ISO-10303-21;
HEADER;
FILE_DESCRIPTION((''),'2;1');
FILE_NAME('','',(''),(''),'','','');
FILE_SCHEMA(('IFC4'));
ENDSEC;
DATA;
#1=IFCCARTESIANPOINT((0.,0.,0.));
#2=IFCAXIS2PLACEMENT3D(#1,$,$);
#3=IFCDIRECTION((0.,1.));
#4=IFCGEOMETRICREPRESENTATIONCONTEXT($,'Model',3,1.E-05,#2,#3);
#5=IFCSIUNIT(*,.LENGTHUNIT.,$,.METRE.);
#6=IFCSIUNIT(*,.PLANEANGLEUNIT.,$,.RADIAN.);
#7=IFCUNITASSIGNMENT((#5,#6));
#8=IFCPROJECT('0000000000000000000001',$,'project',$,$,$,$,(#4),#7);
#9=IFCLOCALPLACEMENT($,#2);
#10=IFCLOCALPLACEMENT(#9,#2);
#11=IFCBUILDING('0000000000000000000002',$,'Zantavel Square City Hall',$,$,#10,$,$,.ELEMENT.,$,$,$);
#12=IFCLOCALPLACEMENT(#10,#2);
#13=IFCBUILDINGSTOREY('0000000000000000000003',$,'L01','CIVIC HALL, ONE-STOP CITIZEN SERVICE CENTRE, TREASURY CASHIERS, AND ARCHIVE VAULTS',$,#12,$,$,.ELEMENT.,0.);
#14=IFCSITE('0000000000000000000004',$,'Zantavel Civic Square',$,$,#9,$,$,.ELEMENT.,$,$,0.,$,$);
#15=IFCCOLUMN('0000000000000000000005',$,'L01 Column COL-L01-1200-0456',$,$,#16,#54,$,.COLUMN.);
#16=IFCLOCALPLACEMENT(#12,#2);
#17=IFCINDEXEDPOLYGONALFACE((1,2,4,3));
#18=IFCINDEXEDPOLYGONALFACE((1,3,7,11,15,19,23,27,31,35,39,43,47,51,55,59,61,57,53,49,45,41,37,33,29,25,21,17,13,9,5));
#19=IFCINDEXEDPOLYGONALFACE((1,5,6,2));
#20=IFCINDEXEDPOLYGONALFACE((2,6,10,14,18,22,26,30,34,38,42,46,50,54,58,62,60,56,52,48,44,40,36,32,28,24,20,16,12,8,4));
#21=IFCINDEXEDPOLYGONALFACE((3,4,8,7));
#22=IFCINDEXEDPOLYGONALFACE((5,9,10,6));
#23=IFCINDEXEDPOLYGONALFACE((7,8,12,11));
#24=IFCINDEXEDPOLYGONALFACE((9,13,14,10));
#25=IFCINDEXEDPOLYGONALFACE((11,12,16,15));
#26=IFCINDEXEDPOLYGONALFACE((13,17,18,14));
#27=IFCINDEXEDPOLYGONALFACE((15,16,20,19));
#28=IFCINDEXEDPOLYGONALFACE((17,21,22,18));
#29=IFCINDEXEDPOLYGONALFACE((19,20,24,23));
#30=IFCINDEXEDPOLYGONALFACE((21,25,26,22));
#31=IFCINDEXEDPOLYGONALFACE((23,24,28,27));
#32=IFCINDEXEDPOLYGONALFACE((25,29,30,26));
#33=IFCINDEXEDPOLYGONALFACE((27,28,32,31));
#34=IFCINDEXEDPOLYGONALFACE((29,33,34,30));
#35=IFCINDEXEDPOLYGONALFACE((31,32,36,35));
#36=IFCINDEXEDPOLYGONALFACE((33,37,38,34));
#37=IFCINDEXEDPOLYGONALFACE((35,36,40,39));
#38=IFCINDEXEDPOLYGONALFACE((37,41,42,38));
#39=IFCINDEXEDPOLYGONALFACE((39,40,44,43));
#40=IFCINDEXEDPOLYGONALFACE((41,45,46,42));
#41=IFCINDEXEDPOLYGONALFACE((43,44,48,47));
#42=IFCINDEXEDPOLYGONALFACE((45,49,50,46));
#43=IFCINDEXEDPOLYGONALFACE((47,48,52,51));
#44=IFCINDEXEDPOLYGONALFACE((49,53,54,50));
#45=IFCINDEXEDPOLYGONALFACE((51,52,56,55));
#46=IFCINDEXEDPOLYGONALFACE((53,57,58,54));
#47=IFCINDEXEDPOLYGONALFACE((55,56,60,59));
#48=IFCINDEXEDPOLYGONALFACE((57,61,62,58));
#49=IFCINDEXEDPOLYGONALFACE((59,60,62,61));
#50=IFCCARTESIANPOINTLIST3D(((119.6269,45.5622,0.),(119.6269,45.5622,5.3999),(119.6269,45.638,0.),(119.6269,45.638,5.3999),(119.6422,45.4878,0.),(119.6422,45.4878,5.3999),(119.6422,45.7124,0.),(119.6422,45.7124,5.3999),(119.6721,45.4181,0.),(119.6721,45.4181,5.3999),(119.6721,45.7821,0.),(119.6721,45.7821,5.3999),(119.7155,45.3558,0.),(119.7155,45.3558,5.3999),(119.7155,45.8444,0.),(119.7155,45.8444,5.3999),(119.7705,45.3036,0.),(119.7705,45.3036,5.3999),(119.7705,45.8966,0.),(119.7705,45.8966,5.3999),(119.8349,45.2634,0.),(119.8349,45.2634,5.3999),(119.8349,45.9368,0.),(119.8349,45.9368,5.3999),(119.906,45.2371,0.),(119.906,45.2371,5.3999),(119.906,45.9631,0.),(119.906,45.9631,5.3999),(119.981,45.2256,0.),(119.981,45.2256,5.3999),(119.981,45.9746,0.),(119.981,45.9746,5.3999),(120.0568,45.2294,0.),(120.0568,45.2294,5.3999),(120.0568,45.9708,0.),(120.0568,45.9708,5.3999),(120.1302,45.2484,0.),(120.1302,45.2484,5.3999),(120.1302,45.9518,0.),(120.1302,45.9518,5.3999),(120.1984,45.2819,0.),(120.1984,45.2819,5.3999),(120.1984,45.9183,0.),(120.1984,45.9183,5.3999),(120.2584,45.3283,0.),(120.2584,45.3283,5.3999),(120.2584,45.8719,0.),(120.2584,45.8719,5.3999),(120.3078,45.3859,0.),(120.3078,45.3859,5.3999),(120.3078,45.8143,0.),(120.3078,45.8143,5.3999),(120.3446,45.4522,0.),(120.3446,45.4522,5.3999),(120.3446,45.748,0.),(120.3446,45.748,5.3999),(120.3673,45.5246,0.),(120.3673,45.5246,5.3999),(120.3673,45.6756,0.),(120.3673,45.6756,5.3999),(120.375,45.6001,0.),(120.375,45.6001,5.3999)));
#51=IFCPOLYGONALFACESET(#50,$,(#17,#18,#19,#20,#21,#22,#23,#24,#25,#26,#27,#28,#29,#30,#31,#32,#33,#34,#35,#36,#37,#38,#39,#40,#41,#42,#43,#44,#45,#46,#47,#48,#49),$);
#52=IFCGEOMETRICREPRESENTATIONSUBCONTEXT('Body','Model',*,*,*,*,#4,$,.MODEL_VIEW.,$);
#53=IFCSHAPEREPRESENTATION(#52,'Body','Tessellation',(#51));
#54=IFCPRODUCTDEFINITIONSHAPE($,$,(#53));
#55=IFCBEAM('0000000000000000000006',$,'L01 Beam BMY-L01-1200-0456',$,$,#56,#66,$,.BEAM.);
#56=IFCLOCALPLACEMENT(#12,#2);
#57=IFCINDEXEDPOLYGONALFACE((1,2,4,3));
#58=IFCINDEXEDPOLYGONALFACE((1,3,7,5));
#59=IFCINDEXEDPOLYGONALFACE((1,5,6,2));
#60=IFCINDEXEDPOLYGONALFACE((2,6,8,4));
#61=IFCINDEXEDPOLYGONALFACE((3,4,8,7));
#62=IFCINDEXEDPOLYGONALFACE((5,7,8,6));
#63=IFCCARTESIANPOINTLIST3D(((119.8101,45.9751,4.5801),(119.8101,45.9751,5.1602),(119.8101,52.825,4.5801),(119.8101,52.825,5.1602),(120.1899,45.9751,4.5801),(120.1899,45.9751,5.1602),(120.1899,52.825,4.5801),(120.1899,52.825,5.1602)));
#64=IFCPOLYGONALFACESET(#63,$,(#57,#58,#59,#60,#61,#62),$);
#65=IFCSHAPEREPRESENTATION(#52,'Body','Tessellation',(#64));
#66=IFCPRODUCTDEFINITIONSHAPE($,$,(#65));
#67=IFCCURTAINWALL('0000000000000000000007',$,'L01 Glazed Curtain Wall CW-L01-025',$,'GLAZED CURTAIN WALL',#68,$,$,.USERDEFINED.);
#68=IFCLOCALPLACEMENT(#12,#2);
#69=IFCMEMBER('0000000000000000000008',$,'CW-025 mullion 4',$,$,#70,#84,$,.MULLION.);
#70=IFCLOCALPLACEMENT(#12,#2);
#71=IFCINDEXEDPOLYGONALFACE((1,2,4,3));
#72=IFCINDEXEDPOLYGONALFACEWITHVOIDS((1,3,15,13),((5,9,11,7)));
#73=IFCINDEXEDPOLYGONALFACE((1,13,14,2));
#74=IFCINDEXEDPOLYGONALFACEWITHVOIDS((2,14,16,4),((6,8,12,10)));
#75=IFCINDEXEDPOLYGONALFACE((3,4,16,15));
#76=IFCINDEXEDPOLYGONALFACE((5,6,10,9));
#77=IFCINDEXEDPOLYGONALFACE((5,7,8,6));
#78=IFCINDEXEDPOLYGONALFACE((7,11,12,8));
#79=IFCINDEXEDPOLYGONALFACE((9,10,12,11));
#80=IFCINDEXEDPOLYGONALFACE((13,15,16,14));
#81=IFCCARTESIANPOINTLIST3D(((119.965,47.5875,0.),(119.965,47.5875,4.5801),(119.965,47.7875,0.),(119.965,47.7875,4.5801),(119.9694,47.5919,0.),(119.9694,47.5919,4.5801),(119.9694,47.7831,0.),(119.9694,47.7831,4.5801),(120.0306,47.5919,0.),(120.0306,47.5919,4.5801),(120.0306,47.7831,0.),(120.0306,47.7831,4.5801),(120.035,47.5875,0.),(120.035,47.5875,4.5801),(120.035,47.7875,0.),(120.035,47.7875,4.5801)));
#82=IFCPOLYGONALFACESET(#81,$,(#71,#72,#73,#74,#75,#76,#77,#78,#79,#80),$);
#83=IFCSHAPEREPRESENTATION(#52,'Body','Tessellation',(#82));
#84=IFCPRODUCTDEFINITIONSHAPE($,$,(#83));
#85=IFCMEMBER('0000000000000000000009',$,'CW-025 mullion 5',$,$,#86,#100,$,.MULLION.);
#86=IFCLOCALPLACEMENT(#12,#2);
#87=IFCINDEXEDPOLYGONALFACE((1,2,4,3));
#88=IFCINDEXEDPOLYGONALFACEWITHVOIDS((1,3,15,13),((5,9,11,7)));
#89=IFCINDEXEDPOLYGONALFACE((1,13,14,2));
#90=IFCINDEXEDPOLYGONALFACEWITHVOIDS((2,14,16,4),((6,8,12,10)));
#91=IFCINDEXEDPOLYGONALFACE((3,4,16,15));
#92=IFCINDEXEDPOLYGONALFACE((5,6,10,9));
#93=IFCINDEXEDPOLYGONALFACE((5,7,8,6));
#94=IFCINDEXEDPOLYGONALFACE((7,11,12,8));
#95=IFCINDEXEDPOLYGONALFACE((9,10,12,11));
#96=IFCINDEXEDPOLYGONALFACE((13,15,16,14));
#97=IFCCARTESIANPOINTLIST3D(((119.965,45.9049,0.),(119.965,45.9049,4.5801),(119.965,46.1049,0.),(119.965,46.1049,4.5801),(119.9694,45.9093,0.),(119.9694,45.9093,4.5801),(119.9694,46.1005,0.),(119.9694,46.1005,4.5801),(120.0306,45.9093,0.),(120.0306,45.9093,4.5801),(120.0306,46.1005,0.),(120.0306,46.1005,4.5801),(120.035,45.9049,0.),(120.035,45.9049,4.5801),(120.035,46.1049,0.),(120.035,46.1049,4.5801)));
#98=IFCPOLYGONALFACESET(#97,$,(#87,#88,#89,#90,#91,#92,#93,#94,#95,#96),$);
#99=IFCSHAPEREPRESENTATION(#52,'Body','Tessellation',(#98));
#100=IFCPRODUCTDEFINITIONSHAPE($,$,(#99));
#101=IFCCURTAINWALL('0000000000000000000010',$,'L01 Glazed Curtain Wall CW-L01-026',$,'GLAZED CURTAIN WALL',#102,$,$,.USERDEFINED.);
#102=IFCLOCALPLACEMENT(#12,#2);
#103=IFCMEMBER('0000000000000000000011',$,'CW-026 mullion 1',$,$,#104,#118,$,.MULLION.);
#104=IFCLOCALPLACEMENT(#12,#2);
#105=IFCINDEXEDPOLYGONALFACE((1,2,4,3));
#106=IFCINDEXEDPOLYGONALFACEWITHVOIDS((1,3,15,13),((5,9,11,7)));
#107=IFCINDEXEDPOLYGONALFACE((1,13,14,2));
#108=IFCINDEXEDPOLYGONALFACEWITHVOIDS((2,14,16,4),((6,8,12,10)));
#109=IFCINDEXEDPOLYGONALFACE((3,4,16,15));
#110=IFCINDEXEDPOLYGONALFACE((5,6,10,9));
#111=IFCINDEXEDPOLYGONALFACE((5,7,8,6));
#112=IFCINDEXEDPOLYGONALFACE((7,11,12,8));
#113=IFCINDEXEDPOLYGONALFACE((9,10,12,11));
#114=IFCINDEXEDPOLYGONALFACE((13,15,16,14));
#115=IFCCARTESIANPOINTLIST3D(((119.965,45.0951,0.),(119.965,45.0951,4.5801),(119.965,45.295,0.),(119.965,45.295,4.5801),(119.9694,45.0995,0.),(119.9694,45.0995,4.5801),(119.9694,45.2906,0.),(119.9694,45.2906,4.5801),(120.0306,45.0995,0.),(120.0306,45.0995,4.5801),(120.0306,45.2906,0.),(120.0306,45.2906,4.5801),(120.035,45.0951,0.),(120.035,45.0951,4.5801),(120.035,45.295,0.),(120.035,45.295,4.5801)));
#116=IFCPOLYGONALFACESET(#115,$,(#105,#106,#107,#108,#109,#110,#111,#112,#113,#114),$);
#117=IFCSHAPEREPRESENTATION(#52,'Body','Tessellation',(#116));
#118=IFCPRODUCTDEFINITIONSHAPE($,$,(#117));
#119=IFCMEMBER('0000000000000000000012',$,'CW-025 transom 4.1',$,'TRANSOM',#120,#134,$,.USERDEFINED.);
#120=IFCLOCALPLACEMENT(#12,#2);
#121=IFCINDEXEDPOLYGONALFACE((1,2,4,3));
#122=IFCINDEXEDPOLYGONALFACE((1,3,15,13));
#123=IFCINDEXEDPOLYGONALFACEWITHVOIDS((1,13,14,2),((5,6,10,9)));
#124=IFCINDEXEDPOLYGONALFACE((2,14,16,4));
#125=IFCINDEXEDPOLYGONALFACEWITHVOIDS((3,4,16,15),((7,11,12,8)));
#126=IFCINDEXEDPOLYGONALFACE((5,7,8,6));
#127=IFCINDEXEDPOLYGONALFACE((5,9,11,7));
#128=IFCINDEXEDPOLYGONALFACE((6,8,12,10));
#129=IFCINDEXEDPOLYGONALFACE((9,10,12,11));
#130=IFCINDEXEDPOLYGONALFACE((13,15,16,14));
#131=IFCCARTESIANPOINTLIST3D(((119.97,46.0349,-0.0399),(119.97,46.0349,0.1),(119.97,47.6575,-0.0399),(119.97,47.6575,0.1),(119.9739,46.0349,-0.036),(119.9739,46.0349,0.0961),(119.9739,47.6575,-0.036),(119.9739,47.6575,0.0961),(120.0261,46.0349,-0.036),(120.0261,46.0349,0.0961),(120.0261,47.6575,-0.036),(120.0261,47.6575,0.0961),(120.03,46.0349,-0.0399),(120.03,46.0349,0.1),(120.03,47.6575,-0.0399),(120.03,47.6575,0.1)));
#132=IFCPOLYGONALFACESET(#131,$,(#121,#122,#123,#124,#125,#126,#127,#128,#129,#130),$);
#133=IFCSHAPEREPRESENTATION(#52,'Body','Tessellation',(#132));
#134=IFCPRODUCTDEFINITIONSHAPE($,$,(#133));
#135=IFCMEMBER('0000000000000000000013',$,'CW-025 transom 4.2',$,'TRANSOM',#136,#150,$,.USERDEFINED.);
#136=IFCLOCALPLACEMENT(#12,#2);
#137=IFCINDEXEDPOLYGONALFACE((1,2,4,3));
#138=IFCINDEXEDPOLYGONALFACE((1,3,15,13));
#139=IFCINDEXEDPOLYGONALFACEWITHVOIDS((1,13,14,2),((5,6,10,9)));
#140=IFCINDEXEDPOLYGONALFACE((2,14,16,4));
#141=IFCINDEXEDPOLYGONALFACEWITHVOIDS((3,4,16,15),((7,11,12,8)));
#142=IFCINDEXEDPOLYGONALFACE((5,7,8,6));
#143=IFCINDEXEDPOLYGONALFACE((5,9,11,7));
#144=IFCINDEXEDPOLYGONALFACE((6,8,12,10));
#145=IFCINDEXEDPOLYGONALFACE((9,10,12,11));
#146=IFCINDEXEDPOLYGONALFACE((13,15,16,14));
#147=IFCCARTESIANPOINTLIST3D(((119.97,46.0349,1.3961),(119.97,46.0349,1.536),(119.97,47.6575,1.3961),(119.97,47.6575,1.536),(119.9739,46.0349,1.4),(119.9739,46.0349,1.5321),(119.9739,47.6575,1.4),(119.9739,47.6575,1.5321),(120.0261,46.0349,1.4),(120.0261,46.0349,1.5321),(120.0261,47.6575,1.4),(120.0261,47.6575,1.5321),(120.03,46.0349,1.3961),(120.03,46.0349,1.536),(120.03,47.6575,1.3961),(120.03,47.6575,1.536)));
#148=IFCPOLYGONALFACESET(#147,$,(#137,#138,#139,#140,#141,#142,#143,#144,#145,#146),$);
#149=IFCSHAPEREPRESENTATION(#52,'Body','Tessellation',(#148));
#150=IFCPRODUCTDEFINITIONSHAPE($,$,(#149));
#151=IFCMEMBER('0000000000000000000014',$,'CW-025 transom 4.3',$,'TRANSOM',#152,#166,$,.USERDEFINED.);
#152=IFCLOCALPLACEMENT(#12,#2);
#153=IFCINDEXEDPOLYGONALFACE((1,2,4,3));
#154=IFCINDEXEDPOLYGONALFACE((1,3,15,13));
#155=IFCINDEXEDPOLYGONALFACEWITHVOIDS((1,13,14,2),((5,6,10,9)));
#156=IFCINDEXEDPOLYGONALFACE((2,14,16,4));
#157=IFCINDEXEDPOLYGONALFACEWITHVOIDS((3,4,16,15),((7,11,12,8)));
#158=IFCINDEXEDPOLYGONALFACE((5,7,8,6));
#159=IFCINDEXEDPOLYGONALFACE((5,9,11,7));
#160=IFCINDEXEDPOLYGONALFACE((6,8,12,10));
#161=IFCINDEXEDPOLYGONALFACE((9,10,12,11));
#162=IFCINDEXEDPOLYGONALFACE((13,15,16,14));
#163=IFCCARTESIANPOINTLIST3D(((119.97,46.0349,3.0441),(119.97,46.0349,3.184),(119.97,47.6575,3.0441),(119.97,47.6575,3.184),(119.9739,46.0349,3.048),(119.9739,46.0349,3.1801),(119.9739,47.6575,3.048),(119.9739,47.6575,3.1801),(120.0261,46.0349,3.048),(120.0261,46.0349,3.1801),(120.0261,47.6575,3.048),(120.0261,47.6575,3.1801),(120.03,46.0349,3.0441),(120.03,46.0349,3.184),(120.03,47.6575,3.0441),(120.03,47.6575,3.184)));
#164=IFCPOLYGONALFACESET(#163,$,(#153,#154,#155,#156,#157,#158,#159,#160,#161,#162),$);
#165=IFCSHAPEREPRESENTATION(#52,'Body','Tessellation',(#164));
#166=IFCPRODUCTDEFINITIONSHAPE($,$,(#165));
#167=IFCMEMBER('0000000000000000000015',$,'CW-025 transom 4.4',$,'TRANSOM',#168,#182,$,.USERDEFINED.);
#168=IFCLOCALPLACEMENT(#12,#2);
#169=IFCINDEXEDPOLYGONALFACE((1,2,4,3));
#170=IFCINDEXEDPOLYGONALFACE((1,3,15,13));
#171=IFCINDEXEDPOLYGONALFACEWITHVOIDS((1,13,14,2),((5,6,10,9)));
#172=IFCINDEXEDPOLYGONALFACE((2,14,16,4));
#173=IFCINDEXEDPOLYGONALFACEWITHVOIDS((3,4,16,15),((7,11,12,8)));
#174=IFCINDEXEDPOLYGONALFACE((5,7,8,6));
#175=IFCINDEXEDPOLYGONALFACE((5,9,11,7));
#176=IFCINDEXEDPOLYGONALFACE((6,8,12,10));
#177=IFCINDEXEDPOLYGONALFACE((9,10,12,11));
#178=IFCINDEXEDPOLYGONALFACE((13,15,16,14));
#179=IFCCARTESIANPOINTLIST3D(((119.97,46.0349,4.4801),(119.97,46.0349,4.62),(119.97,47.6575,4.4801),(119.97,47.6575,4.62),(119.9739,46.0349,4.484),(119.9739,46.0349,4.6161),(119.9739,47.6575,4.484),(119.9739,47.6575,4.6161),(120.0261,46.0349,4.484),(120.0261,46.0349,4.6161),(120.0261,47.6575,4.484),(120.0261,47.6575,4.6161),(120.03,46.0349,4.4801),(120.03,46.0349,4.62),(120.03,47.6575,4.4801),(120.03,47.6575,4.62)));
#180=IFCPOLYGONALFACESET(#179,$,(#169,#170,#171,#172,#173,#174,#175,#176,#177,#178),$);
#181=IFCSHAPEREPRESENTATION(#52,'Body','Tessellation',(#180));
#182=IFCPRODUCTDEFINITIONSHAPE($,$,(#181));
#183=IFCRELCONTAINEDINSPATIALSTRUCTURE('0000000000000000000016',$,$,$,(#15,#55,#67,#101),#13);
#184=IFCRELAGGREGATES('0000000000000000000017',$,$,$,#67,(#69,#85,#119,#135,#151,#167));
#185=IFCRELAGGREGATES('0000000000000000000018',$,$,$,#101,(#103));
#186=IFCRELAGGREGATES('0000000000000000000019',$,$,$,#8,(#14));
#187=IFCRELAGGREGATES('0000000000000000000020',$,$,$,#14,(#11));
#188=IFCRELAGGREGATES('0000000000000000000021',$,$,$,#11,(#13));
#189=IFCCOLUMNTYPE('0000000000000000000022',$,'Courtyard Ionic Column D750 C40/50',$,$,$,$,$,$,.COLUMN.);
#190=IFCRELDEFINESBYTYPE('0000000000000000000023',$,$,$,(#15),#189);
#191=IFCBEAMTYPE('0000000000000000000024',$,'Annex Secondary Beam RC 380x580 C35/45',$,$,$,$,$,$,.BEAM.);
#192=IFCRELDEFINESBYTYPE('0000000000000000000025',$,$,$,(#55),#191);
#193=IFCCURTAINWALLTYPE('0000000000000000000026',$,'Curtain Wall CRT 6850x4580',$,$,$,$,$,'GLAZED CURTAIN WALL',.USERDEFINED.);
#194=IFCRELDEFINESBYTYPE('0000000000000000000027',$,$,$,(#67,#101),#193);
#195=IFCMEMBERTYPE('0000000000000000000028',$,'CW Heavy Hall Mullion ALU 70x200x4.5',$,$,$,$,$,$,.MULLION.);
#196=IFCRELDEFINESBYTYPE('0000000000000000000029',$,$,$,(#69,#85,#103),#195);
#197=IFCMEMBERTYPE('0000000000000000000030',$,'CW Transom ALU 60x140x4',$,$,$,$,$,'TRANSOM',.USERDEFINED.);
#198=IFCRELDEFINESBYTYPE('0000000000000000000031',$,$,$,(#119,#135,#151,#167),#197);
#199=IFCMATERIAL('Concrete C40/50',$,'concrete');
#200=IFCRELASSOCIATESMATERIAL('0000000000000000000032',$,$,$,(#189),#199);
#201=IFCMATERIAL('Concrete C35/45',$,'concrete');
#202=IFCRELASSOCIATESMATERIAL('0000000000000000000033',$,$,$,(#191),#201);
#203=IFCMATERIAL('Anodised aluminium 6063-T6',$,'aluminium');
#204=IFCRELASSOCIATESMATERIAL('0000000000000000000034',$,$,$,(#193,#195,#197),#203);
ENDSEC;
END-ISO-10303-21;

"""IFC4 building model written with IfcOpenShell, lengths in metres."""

from ifc_helpers import new_model, si_unit, direction, frame, origin, origin_2d, place, context, subcontext, project, spatial, rectangle, hollow_rectangle, circle, extrude, material, material_profile, profile_set, type_object, element, aggregate, save


model = new_model("IFC4")

# Units and contexts
model_context = context("Model", 3, precision=1e-05, world=origin(), true_north=direction((0.0, 1.0)))
body_context = subcontext(model_context, "Body", "Model", "MODEL_VIEW")
ifc_project = project(units=[si_unit("LENGTHUNIT", "METRE"), si_unit("PLANEANGLEUNIT", "RADIAN")], contexts=[model_context])

# Site, building, storey
site_placement = place(None, origin())
site = spatial("IfcSite", under=ifc_project, at=site_placement, Name="Zantavel Civic Square", CompositionType="ELEMENT", RefElevation=0.0)
building_placement = place(site_placement, origin())
building = spatial("IfcBuilding", under=site, at=building_placement, Name="Zantavel Square City Hall", CompositionType="ELEMENT")
storey_placement = place(building_placement, origin())
storey = spatial("IfcBuildingStorey", under=building, at=storey_placement, Name="L01", Description="CIVIC HALL, ONE-STOP CITIZEN SERVICE CENTRE, TREASURY CASHIERS, AND ARCHIVE VAULTS", CompositionType="ELEMENT", Elevation=0.0)

# Column
ifc_material_1 = material(Name="Concrete C40/50", Category="concrete")
ifc_material_profile_1 = material_profile(ifc_material_1, circle(Radius=0.375, at=origin_2d()), Name="ROUND D750")
ifc_profile_set_1 = profile_set([ifc_material_profile_1], Name="Concrete C40/50")
column_type = type_object("IfcColumnType", Name="Courtyard Ionic Column D750 C40/50", PredefinedType="COLUMN", material=ifc_profile_set_1)
column_placement = place(storey_placement, frame((120.0, 45.6001, 0.0), z_axis=(0.0, 0.0, 1.0), x_axis=(1.0, 0.0, 0.0)))
element("IfcColumn", 1, at=column_placement, inside=storey, type_object=column_type, Name="L01 Column COL-L01-1200-0456", PredefinedType="COLUMN", context=body_context, shape_type="SweptSolid", body=[
    extrude(circle(Radius=0.375, at=origin_2d()), origin(), (0.0, 0.0, 1.0), 5.3999),
])

# Beam
ifc_material_2 = material(Name="Concrete C35/45", Category="concrete")
ifc_material_profile_2 = material_profile(ifc_material_2, rectangle(XDim=0.3799, YDim=0.5801, at=origin_2d()), Name="RC 380x580")
ifc_profile_set_2 = profile_set([ifc_material_profile_2], Name="Concrete C35/45")
beam_type = type_object("IfcBeamType", Name="Annex Secondary Beam RC 380x580 C35/45", PredefinedType="BEAM", material=ifc_profile_set_2)
beam_placement = place(storey_placement, frame((120.0, 45.9751, 4.8701), z_axis=(0.0, 1.0, 0.0), x_axis=(-1.0, 0.0, 0.0)))
element("IfcBeam", 2, at=beam_placement, inside=storey, type_object=beam_type, Name="L01 Beam BMY-L01-1200-0456", PredefinedType="BEAM", context=body_context, shape_type="SweptSolid", body=[
    extrude(rectangle(XDim=0.3799, YDim=0.5801, at=origin_2d()), origin(), (0.0, 0.0, 1.0), 6.8499),
])

# Curtain wall, members
ifc_material_3 = material(Name="Anodised aluminium 6063-T6", Category="aluminium")
curtain_wall_type = type_object("IfcCurtainWallType", Name="Curtain Wall CRT 6850x4580", ElementType="GLAZED CURTAIN WALL", PredefinedType="USERDEFINED", material=ifc_material_3)
curtain_wall_1_placement = place(storey_placement, origin())
curtain_wall_1 = element("IfcCurtainWall", 3, at=curtain_wall_1_placement, inside=storey, type_object=curtain_wall_type, Name="L01 Glazed Curtain Wall CW-L01-025", ObjectType="GLAZED CURTAIN WALL", PredefinedType="USERDEFINED")
ifc_material_profile_3 = material_profile(ifc_material_3, hollow_rectangle(XDim=0.0701, YDim=0.2, WallThickness=0.0044, at=origin_2d()), Name="ALU 70x200x4.5")
ifc_profile_set_3 = profile_set([ifc_material_profile_3], Name="Anodised aluminium 6063-T6")
member_type_1 = type_object("IfcMemberType", Name="CW Heavy Hall Mullion ALU 70x200x4.5", PredefinedType="MULLION", material=ifc_profile_set_3)
member_1_placement = place(storey_placement, frame((120.0, 47.6875, 0.0), z_axis=(0.0, 0.0, 1.0), x_axis=(1.0, 0.0, 0.0)))
member_1 = element("IfcMember", 4, at=member_1_placement, type_object=member_type_1, Name="CW-025 mullion 4", PredefinedType="MULLION", context=body_context, shape_type="SweptSolid", body=[
    extrude(hollow_rectangle(XDim=0.0701, YDim=0.2, WallThickness=0.0044, at=origin_2d()), origin(), (0.0, 0.0, 1.0), 4.5801),
])
member_2_placement = place(storey_placement, frame((120.0, 46.0049, 0.0), z_axis=(0.0, 0.0, 1.0), x_axis=(1.0, 0.0, 0.0)))
member_2 = element("IfcMember", 5, at=member_2_placement, type_object=member_type_1, Name="CW-025 mullion 5", PredefinedType="MULLION", context=body_context, shape_type="SweptSolid", body=[
    extrude(hollow_rectangle(XDim=0.0701, YDim=0.2, WallThickness=0.0044, at=origin_2d()), origin(), (0.0, 0.0, 1.0), 4.5801),
])

# Curtain wall, member
curtain_wall_2_placement = place(storey_placement, origin())
curtain_wall_2 = element("IfcCurtainWall", 6, at=curtain_wall_2_placement, inside=storey, type_object=curtain_wall_type, Name="L01 Glazed Curtain Wall CW-L01-026", ObjectType="GLAZED CURTAIN WALL", PredefinedType="USERDEFINED")
member_3_placement = place(storey_placement, frame((120.0, 45.1951, 0.0), z_axis=(0.0, 0.0, 1.0), x_axis=(1.0, 0.0, 0.0)))
member_3 = element("IfcMember", 7, at=member_3_placement, type_object=member_type_1, Name="CW-026 mullion 1", PredefinedType="MULLION", context=body_context, shape_type="SweptSolid", body=[
    extrude(hollow_rectangle(XDim=0.0701, YDim=0.2, WallThickness=0.0044, at=origin_2d()), origin(), (0.0, 0.0, 1.0), 4.5801),
])

# Members
ifc_material_profile_4 = material_profile(ifc_material_3, hollow_rectangle(XDim=0.0601, YDim=0.1399, WallThickness=0.0039, at=origin_2d()), Name="ALU 60x140x4")
ifc_profile_set_4 = profile_set([ifc_material_profile_4], Name="Anodised aluminium 6063-T6")
member_type_2 = type_object("IfcMemberType", Name="CW Transom ALU 60x140x4", ElementType="TRANSOM", PredefinedType="USERDEFINED", material=ifc_profile_set_4)
member_4_placement = place(storey_placement, frame((120.0, 47.6575, 0.03), z_axis=(0.0, -1.0, 0.0), x_axis=(1.0, 0.0, 0.0)))
member_4 = element("IfcMember", 8, at=member_4_placement, type_object=member_type_2, Name="CW-025 transom 4.1", ObjectType="TRANSOM", PredefinedType="USERDEFINED", context=body_context, shape_type="SweptSolid", body=[
    extrude(hollow_rectangle(XDim=0.0601, YDim=0.1399, WallThickness=0.0039, at=origin_2d()), origin(), (0.0, 0.0, 1.0), 1.6226),
])
member_5_placement = place(storey_placement, frame((120.0, 47.6575, 1.4661), z_axis=(0.0, -1.0, 0.0), x_axis=(1.0, 0.0, 0.0)))
member_5 = element("IfcMember", 9, at=member_5_placement, type_object=member_type_2, Name="CW-025 transom 4.2", ObjectType="TRANSOM", PredefinedType="USERDEFINED", context=body_context, shape_type="SweptSolid", body=[
    extrude(hollow_rectangle(XDim=0.0601, YDim=0.1399, WallThickness=0.0039, at=origin_2d()), origin(), (0.0, 0.0, 1.0), 1.6226),
])
member_6_placement = place(storey_placement, frame((120.0, 47.6575, 3.114), z_axis=(0.0, -1.0, 0.0), x_axis=(1.0, 0.0, 0.0)))
member_6 = element("IfcMember", 10, at=member_6_placement, type_object=member_type_2, Name="CW-025 transom 4.3", ObjectType="TRANSOM", PredefinedType="USERDEFINED", context=body_context, shape_type="SweptSolid", body=[
    extrude(hollow_rectangle(XDim=0.0601, YDim=0.1399, WallThickness=0.0039, at=origin_2d()), origin(), (0.0, 0.0, 1.0), 1.6226),
])
member_7_placement = place(storey_placement, frame((120.0, 47.6575, 4.55), z_axis=(0.0, -1.0, 0.0), x_axis=(1.0, 0.0, 0.0)))
member_7 = element("IfcMember", 11, at=member_7_placement, type_object=member_type_2, Name="CW-025 transom 4.4", ObjectType="TRANSOM", PredefinedType="USERDEFINED", context=body_context, shape_type="SweptSolid", body=[
    extrude(hollow_rectangle(XDim=0.0601, YDim=0.1399, WallThickness=0.0039, at=origin_2d()), origin(), (0.0, 0.0, 1.0), 1.6226),
])

aggregate(curtain_wall_1, [member_1, member_2, member_4, member_5, member_6, member_7])
aggregate(curtain_wall_2, [member_3])

save(model, "model.ifc")
